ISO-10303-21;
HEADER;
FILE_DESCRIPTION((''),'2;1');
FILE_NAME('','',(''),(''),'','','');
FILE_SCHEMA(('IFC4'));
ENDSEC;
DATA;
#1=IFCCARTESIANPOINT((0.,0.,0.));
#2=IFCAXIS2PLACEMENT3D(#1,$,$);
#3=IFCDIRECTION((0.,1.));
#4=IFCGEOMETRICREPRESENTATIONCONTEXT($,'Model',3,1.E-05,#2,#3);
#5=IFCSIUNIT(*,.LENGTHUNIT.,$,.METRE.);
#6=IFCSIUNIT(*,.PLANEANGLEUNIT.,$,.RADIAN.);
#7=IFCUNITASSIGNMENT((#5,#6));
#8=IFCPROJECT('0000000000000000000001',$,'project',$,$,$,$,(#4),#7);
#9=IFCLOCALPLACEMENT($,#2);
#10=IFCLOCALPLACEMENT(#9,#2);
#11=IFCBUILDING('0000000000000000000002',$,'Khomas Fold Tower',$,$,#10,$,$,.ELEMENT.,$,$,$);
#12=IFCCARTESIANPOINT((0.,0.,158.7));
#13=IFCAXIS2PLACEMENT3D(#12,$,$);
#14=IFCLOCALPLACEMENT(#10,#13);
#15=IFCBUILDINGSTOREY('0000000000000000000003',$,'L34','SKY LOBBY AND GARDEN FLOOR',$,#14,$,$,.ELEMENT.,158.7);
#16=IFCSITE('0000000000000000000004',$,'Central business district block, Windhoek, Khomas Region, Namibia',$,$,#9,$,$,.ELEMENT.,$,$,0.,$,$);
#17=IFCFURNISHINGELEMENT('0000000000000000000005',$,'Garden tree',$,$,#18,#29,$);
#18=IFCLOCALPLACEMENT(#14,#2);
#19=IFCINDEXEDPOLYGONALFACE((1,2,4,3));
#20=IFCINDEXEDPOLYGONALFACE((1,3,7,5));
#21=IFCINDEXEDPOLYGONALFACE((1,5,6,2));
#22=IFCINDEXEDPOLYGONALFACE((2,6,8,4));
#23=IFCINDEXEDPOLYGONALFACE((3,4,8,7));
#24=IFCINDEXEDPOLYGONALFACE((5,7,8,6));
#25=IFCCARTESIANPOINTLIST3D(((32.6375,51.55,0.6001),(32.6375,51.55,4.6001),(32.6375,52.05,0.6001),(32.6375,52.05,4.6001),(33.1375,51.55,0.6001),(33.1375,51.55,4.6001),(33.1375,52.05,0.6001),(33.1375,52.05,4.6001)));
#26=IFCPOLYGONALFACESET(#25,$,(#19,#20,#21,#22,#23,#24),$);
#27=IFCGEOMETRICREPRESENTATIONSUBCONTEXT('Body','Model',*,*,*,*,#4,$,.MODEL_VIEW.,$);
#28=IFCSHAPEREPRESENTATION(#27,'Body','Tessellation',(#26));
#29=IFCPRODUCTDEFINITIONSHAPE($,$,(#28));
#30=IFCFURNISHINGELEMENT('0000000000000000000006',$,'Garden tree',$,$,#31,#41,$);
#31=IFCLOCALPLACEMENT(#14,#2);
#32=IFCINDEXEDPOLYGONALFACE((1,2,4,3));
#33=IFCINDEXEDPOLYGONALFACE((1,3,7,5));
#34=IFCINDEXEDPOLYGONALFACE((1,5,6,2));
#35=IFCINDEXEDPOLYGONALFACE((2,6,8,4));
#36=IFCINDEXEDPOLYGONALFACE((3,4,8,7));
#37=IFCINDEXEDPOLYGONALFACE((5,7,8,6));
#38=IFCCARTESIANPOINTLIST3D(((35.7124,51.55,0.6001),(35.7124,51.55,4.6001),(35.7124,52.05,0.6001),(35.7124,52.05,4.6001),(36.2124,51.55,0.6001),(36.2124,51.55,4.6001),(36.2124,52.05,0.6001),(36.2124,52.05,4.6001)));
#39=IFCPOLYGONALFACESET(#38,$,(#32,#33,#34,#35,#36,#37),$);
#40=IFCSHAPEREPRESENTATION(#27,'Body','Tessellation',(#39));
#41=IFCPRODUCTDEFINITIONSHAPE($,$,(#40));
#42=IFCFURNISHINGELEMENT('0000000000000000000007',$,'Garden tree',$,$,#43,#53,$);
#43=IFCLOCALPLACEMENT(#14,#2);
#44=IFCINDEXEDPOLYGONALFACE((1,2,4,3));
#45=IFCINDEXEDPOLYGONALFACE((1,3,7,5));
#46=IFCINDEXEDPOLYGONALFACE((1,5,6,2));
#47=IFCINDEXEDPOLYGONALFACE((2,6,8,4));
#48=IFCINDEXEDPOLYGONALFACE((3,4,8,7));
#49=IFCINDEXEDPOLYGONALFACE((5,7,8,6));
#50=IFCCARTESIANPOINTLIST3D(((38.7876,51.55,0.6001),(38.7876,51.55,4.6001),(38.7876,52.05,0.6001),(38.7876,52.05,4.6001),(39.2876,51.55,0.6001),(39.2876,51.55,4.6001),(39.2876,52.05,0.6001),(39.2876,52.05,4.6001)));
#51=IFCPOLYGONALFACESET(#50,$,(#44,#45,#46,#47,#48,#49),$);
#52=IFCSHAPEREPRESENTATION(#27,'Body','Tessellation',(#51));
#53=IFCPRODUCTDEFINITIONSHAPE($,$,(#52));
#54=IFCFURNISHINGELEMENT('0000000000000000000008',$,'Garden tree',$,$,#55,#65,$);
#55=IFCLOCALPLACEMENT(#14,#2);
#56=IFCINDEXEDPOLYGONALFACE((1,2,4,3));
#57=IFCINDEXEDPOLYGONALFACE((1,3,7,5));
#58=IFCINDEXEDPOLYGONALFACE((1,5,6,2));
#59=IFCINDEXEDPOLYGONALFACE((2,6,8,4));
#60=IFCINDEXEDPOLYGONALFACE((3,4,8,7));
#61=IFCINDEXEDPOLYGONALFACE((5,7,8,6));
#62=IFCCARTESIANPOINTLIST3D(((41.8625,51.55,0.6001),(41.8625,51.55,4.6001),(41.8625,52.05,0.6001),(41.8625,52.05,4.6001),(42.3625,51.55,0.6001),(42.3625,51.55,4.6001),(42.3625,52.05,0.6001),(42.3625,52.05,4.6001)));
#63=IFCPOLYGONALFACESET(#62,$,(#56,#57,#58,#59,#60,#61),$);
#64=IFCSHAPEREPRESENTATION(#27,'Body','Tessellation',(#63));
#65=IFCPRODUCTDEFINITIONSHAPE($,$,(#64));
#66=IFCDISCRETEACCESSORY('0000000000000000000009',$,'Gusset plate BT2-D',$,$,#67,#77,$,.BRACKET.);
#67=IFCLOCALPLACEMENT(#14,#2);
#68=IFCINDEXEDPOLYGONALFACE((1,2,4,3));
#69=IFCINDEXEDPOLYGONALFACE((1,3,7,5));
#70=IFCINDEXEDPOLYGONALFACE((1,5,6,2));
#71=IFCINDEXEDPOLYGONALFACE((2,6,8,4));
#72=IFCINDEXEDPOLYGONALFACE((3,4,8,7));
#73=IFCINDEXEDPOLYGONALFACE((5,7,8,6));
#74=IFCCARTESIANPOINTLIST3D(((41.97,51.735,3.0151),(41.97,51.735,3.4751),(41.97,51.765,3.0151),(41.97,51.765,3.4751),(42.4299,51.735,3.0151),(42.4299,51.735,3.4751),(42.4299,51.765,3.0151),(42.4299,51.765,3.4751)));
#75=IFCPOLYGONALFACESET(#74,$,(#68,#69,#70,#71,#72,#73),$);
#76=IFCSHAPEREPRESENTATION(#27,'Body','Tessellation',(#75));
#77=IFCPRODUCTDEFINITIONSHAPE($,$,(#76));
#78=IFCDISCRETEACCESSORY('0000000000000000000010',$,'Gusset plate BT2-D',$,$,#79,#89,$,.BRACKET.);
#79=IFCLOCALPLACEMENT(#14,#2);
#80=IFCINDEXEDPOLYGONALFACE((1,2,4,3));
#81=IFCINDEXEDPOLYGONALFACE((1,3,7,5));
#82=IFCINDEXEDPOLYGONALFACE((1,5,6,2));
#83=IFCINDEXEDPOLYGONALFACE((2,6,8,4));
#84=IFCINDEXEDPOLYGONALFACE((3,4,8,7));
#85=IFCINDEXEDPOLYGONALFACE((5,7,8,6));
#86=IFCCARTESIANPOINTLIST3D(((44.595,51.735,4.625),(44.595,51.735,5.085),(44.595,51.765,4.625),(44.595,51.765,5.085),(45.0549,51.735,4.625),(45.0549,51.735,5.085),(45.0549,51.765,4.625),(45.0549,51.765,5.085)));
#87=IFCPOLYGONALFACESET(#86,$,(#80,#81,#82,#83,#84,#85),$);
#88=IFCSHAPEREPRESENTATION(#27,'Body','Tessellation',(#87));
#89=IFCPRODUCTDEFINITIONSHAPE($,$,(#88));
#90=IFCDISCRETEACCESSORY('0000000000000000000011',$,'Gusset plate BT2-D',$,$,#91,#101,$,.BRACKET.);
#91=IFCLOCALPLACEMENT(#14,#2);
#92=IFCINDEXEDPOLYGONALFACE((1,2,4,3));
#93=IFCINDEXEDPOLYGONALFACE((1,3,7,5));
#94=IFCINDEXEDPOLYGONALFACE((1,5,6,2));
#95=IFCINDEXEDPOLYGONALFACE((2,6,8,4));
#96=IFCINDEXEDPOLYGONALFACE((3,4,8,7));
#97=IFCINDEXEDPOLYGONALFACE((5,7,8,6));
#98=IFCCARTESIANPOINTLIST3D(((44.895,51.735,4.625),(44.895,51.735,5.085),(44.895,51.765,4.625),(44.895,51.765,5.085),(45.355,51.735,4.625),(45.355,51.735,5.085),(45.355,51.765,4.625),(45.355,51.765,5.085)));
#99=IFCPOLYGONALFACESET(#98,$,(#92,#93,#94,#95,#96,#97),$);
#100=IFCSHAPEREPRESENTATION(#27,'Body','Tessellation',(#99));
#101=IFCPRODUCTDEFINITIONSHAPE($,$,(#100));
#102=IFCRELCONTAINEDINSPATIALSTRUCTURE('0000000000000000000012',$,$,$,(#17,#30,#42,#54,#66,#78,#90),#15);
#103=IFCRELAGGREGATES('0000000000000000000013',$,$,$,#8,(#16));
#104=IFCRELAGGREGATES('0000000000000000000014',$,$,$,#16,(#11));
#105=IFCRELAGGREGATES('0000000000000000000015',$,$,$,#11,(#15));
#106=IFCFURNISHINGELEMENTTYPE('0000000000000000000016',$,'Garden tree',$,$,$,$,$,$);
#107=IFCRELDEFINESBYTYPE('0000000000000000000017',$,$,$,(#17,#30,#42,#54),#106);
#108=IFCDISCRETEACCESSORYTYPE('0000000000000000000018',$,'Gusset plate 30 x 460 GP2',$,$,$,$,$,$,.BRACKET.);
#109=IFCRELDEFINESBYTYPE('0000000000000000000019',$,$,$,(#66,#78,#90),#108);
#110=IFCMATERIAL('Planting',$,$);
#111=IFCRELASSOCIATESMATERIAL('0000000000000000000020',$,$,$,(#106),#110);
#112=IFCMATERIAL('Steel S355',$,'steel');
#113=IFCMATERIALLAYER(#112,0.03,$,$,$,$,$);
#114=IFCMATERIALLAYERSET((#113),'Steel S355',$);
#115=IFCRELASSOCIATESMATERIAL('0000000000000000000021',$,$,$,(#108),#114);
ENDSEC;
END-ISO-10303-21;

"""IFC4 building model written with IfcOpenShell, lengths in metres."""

from ifc_helpers import new_model, si_unit, direction, frame, origin, origin_2d, place, context, subcontext, project, spatial, rectangle, extrude, source, transform, mapped, material, layer, layer_set, type_object, element, save


model = new_model("IFC4")

# Units and contexts
model_context = context("Model", 3, precision=1e-05, world=origin(), true_north=direction((0.0, 1.0)))
body_context = subcontext(model_context, "Body", "Model", "MODEL_VIEW")
ifc_project = project(units=[si_unit("LENGTHUNIT", "METRE"), si_unit("PLANEANGLEUNIT", "RADIAN")], contexts=[model_context])

# Site, building, storey
site_placement = place(None, origin())
site = spatial("IfcSite", under=ifc_project, at=site_placement, Name="Central business district block, Windhoek, Khomas Region, Namibia", CompositionType="ELEMENT", RefElevation=0.0)
building_placement = place(site_placement, origin())
building = spatial("IfcBuilding", under=site, at=building_placement, Name="Khomas Fold Tower", CompositionType="ELEMENT")
storey_placement = place(building_placement, frame((0.0, 0.0, 158.7)))
storey = spatial("IfcBuildingStorey", under=building, at=storey_placement, Name="L34", Description="SKY LOBBY AND GARDEN FLOOR", CompositionType="ELEMENT", Elevation=158.7)

# Furnishing elements
ifc_material_1 = material(Name="Planting")
furnishing_element_type_1 = type_object("IfcFurnishingElementType", Name="Garden tree", material=ifc_material_1)
shared_shape_1 = source(origin(), body_context, "Body", "SweptSolid", [
    extrude(rectangle(XDim=0.5, YDim=0.5, at=origin_2d()), origin(), (0.0, 0.0, 1.0), 4.0),
])
for number, where, z_axis, x_axis, name in (
    (1, (32.8875, 51.8, 0.6001), (0.0, 0.0, 1.0), (1.0, 0.0, 0.0), "Garden tree"),
    (2, (35.9624, 51.8, 0.6001), (0.0, 0.0, 1.0), (1.0, 0.0, 0.0), "Garden tree"),
    (3, (39.0376, 51.8, 0.6001), (0.0, 0.0, 1.0), (1.0, 0.0, 0.0), "Garden tree"),
    (4, (42.1125, 51.8, 0.6001), (0.0, 0.0, 1.0), (1.0, 0.0, 0.0), "Garden tree"),
):
    element("IfcFurnishingElement", number, at=place(storey_placement, frame(where, z_axis=z_axis, x_axis=x_axis)), inside=storey, type_object=furnishing_element_type_1, Name=name, context=body_context, shape_type="MappedRepresentation", body=[
        mapped(shared_shape_1, transform((0.0, 0.0, 0.0))),
    ])

# Discrete accessories
ifc_material_2 = material(Name="Steel S355", Category="steel")
ifc_layer_1 = layer(ifc_material_2, 0.03)
ifc_layer_set_1 = layer_set([ifc_layer_1], Name="Steel S355")
discrete_accessory_type = type_object("IfcDiscreteAccessoryType", Name="Gusset plate 30 x 460 GP2", PredefinedType="BRACKET", material=ifc_layer_set_1)
shared_shape_2 = source(origin(), body_context, "Body", "SweptSolid", [
    extrude(rectangle(XDim=0.46, YDim=0.03, at=origin_2d()), origin(), (0.0, 0.0, 1.0), 0.46),
])
for number, where, z_axis, x_axis, name in (
    (5, (42.2, 51.75, 3.0151), (0.0, 0.0, 1.0), (1.0, 0.0, 0.0), "Gusset plate BT2-D"),
    (6, (44.825, 51.75, 4.625), (0.0, 0.0, 1.0), (1.0, 0.0, 0.0), "Gusset plate BT2-D"),
    (7, (45.125, 51.75, 4.625), (0.0, 0.0, 1.0), (1.0, 0.0, 0.0), "Gusset plate BT2-D"),
):
    element("IfcDiscreteAccessory", number, at=place(storey_placement, frame(where, z_axis=z_axis, x_axis=x_axis)), inside=storey, type_object=discrete_accessory_type, Name=name, PredefinedType="BRACKET", context=body_context, shape_type="MappedRepresentation", body=[
        mapped(shared_shape_2, transform((0.0, 0.0, 0.0))),
    ])

save(model, "model.ifc")
